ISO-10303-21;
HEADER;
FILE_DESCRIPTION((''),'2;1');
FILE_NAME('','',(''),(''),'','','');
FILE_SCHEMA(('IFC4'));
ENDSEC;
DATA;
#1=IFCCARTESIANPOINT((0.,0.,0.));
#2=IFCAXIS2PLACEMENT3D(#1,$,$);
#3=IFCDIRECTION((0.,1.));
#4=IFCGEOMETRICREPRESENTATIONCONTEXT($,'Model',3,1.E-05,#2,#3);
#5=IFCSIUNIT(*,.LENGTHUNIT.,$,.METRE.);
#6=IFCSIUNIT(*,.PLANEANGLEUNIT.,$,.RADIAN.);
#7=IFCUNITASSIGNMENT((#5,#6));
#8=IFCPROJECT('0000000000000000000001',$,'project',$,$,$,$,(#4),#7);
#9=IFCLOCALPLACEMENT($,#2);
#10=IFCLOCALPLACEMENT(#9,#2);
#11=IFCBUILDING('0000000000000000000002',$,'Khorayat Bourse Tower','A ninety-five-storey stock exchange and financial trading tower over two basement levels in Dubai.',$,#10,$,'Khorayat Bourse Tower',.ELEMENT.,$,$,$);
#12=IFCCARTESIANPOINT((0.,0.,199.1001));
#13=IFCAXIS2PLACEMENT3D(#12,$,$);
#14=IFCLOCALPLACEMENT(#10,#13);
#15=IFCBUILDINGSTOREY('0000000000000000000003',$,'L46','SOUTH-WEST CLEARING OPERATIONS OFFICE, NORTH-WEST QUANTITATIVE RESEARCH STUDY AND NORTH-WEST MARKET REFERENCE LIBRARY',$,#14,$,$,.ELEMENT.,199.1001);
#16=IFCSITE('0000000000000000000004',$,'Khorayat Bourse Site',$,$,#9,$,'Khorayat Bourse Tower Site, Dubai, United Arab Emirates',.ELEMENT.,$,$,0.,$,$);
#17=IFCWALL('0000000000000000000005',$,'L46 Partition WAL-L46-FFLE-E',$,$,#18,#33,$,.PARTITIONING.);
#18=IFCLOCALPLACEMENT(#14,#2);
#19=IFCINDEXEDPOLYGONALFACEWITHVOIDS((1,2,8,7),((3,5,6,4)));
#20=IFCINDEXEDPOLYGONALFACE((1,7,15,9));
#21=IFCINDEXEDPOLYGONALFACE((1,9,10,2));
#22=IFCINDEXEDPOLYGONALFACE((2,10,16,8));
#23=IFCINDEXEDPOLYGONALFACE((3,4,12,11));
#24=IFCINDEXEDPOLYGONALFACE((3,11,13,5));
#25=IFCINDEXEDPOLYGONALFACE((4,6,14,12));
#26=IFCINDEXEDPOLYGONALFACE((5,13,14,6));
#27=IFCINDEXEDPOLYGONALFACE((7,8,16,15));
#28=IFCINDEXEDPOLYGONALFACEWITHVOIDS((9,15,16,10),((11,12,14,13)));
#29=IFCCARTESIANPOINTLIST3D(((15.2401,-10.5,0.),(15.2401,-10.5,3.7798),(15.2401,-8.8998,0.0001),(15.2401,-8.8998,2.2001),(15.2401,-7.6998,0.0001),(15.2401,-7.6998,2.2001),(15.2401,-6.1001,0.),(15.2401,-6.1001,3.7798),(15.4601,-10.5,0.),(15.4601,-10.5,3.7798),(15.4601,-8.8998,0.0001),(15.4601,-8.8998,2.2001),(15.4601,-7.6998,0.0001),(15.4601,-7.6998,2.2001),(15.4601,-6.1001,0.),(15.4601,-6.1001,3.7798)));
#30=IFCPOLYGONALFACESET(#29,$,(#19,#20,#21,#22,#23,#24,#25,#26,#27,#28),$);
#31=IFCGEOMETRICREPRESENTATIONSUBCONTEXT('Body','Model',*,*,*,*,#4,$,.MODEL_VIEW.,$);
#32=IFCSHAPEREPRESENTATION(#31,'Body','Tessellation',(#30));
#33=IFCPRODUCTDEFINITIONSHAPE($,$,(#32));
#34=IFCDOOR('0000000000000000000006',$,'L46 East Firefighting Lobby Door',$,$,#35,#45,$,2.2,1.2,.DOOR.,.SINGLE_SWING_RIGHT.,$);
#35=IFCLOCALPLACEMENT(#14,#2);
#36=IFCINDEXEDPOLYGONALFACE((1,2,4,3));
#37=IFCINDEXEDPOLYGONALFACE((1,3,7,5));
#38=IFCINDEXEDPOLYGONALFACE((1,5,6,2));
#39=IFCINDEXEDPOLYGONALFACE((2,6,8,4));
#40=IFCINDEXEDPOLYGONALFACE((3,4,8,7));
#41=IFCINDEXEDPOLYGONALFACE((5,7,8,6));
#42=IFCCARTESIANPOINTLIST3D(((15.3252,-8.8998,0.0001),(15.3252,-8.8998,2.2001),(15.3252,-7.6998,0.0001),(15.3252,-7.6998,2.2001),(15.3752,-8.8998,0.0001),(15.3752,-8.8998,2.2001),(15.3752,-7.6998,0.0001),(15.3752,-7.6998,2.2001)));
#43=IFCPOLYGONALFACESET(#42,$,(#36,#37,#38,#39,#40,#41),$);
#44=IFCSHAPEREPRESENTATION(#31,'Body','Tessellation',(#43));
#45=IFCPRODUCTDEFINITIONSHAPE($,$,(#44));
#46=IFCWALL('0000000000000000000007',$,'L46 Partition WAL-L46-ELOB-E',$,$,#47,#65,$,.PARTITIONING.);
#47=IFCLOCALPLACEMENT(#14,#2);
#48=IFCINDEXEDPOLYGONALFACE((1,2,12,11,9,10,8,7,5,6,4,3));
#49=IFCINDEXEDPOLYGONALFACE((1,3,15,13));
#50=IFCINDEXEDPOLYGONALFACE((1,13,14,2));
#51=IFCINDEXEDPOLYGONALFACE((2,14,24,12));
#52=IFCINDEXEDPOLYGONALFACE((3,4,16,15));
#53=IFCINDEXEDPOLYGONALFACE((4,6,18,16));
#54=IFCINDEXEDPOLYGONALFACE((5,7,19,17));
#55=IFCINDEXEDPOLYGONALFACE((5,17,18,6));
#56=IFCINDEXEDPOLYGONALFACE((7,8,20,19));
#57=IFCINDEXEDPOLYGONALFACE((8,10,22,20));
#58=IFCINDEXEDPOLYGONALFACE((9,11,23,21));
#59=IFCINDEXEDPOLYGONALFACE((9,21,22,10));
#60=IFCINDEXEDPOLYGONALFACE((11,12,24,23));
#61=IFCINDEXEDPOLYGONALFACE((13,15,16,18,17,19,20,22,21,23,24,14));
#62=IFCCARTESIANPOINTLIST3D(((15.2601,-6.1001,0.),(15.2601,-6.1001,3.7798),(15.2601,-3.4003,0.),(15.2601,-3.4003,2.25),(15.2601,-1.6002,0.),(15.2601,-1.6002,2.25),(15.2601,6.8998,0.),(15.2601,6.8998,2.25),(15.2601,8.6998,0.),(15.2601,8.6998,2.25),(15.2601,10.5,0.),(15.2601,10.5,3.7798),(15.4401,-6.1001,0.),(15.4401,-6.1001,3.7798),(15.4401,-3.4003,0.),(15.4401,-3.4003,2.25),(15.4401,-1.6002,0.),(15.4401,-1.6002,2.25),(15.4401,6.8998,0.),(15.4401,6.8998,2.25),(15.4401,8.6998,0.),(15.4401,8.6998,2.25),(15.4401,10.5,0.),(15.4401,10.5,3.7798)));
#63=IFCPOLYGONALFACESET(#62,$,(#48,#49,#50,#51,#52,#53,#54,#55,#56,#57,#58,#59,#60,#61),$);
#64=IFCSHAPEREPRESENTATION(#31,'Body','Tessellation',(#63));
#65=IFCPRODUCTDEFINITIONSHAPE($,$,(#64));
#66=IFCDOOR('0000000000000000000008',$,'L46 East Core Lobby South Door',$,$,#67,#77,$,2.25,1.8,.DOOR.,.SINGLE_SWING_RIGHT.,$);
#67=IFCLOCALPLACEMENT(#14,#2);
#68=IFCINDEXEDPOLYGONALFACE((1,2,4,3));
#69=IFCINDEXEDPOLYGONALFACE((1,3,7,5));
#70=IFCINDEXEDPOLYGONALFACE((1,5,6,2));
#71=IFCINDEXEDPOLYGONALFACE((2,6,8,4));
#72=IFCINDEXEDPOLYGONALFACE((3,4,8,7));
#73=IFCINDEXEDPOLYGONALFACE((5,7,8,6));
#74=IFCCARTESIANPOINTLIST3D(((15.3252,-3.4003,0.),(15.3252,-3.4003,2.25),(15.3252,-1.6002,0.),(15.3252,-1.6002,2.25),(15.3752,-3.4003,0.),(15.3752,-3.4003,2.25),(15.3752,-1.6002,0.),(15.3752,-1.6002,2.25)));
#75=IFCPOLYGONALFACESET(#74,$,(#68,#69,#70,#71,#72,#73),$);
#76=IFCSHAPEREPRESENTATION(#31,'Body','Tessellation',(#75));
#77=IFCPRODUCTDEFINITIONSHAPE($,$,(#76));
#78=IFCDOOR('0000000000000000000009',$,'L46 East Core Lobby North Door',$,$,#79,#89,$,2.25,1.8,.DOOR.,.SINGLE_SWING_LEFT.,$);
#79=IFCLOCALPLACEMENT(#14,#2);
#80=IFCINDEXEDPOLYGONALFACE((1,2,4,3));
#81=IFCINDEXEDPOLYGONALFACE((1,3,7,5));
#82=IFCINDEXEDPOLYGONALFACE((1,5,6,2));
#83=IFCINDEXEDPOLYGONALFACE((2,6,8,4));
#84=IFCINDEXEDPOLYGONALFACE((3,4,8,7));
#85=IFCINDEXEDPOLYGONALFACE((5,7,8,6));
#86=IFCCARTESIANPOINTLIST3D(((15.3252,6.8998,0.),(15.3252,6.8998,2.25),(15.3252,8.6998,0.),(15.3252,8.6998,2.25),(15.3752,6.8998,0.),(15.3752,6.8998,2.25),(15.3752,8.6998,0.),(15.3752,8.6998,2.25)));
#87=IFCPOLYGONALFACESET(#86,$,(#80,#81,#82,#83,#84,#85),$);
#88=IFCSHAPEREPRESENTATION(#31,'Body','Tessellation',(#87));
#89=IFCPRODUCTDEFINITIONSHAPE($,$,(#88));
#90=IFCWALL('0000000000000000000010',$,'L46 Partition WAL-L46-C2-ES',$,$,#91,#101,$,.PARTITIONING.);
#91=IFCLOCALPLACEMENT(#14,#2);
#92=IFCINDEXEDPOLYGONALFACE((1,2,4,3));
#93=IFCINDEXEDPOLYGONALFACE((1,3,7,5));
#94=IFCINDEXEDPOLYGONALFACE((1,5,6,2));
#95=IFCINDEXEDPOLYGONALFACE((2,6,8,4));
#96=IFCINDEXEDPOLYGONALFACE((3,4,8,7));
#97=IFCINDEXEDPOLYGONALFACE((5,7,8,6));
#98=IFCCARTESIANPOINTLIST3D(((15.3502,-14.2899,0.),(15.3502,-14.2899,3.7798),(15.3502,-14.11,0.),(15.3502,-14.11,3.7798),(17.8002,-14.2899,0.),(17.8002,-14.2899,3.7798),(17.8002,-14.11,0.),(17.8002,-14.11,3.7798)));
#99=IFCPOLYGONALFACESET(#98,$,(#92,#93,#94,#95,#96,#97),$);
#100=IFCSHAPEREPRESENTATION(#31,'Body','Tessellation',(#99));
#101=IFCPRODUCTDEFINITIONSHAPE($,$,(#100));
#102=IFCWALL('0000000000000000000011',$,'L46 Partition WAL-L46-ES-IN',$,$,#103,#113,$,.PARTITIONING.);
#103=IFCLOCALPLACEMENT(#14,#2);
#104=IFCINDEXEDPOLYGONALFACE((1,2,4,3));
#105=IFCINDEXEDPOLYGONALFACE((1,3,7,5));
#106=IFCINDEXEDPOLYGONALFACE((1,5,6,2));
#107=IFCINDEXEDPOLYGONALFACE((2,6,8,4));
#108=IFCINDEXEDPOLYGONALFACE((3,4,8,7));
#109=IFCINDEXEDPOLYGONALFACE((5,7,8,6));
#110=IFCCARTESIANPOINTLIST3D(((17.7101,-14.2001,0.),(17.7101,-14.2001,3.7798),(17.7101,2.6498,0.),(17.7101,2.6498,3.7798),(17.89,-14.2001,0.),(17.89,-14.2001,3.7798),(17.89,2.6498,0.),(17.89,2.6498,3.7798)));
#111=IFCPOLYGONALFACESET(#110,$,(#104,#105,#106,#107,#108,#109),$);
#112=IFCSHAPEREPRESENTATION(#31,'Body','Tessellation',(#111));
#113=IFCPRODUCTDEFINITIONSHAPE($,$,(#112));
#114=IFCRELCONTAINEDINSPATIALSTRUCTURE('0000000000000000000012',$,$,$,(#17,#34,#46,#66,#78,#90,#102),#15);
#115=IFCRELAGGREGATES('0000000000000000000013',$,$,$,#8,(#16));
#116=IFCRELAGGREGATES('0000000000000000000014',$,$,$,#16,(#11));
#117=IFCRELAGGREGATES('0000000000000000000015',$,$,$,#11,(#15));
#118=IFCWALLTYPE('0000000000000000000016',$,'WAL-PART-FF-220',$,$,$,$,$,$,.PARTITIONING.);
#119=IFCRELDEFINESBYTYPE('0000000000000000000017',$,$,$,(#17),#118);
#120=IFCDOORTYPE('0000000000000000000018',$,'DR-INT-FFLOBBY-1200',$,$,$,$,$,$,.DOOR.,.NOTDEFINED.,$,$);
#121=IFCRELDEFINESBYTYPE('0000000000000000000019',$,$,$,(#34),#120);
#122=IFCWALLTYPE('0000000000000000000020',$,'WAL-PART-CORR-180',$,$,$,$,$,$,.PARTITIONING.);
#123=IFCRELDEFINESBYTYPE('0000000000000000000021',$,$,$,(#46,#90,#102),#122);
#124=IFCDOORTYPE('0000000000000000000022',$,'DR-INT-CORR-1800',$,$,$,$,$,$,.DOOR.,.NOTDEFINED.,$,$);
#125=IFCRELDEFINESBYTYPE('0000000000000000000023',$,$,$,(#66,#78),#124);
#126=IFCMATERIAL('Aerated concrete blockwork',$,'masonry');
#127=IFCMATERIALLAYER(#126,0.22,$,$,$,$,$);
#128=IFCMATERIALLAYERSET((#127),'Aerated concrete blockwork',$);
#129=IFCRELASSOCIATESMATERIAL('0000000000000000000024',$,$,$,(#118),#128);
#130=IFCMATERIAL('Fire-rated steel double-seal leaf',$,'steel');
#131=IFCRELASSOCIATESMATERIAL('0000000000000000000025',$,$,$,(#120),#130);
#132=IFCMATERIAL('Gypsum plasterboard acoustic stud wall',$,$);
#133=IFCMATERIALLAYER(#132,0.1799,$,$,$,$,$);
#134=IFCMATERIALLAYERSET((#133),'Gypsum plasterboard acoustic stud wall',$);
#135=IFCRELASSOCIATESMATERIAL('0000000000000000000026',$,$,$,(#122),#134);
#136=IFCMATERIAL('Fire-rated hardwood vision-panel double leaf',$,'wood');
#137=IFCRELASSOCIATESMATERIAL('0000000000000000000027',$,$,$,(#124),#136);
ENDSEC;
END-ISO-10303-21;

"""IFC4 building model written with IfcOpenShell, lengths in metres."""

from ifc_helpers import new_model, si_unit, direction, frame, frame_2d, origin, place, context, subcontext, project, spatial, rectangle, extrude, source, transform, mapped, material, layer, layer_set, type_object, element, fill, save


model = new_model("IFC4")

# Units and contexts
model_context = context("Model", 3, precision=1e-05, world=origin(), true_north=direction((0.0, 1.0)))
body_context = subcontext(model_context, "Body", "Model", "MODEL_VIEW")
ifc_project = project(units=[si_unit("LENGTHUNIT", "METRE"), si_unit("PLANEANGLEUNIT", "RADIAN")], contexts=[model_context])

# Site, building, storey
site_placement = place(None, origin())
site = spatial("IfcSite", under=ifc_project, at=site_placement, Name="Khorayat Bourse Site", LongName="Khorayat Bourse Tower Site, Dubai, United Arab Emirates", CompositionType="ELEMENT", RefElevation=0.0)
building_placement = place(site_placement, origin())
building = spatial("IfcBuilding", under=site, at=building_placement, Name="Khorayat Bourse Tower", Description="A ninety-five-storey stock exchange and financial trading tower over two basement levels in Dubai.", LongName="Khorayat Bourse Tower", CompositionType="ELEMENT")
storey_placement = place(building_placement, frame((0.0, 0.0, 199.1001)))
storey = spatial("IfcBuildingStorey", under=building, at=storey_placement, Name="L46", Description="SOUTH-WEST CLEARING OPERATIONS OFFICE, NORTH-WEST QUANTITATIVE RESEARCH STUDY AND NORTH-WEST MARKET REFERENCE LIBRARY", CompositionType="ELEMENT", Elevation=199.1001)

# Shared definitions
ifc_material_1 = material(Name="Aerated concrete blockwork", Category="masonry")
ifc_layer_1 = layer(ifc_material_1, 0.22)
ifc_layer_set_1 = layer_set([ifc_layer_1], Name="Aerated concrete blockwork")
wall_type_1 = type_object("IfcWallType", Name="WAL-PART-FF-220", PredefinedType="PARTITIONING", material=ifc_layer_set_1)

# Wall, opening, door
shared_shape_1 = source(origin(), body_context, "Body", "SweptSolid", [
    extrude(rectangle(XDim=4.3999, YDim=0.22, at=frame_2d((2.2, 0.0))), origin(), (0.0, 0.0, 1.0), 3.7798),
])
wall_1_placement = place(storey_placement, frame((15.3501, -10.5, 0.0), z_axis=(0.0, 0.0, 1.0), x_axis=(0.0, 1.0, 0.0)))
wall_1 = element("IfcWall", 1, at=wall_1_placement, inside=storey, type_object=wall_type_1, Name="L46 Partition WAL-L46-FFLE-E", PredefinedType="PARTITIONING", context=body_context, shape_type="MappedRepresentation", body=[
    mapped(shared_shape_1, transform((0.0, 0.0, 0.0), scale=1.0)),
])
shared_shape_2 = source(origin(), body_context, "Body", "SweptSolid", [
    extrude(rectangle(XDim=1.2, YDim=2.2, at=frame_2d((0.6001, 1.1001))), frame((0.0, 0.1199, 0.0), z_axis=(0.0, -1.0, 0.0), x_axis=(1.0, 0.0, 0.0)), (0.0, 0.0, 1.0), 0.24),
])
opening_1_placement = place(wall_1_placement, frame((1.6001, 0.0, 0.0)))
opening_1 = element("IfcOpeningElement", 2, at=opening_1_placement, cuts=wall_1, PredefinedType="OPENING", context=body_context, shape_type="MappedRepresentation", body=[
    mapped(shared_shape_2, transform((0.0, 0.0, 0.0), scale=1.0)),
])
ifc_material_2 = material(Name="Fire-rated steel double-seal leaf", Category="steel")
door_type_1 = type_object("IfcDoorType", Name="DR-INT-FFLOBBY-1200", OperationType="NOTDEFINED", PredefinedType="DOOR", material=ifc_material_2)
shared_shape_3 = source(origin(), body_context, "Body", "SweptSolid", [
    extrude(rectangle(XDim=1.2, YDim=2.2, at=frame_2d((0.6001, 1.1001))), frame((0.0, 0.0249, 0.0), z_axis=(0.0, -1.0, 0.0), x_axis=(1.0, 0.0, 0.0)), (0.0, 0.0, 1.0), 0.05),
])
door_1_placement = place(opening_1_placement, origin())
door_1 = element("IfcDoor", 3, at=door_1_placement, inside=storey, type_object=door_type_1, Name="L46 East Firefighting Lobby Door", OperationType="SINGLE_SWING_RIGHT", OverallHeight=2.2, OverallWidth=1.2, PredefinedType="DOOR", context=body_context, shape_type="MappedRepresentation", body=[
    mapped(shared_shape_3, transform((0.0, 0.0, 0.0), scale=1.0)),
])
fill(opening_1, door_1)

# Wall, openings, doors
ifc_material_3 = material(Name="Gypsum plasterboard acoustic stud wall")
ifc_layer_2 = layer(ifc_material_3, 0.1799)
ifc_layer_set_2 = layer_set([ifc_layer_2], Name="Gypsum plasterboard acoustic stud wall")
wall_type_2 = type_object("IfcWallType", Name="WAL-PART-CORR-180", PredefinedType="PARTITIONING", material=ifc_layer_set_2)
shared_shape_4 = source(origin(), body_context, "Body", "SweptSolid", [
    extrude(rectangle(XDim=16.6001, YDim=0.1799, at=frame_2d((8.3, 0.0))), origin(), (0.0, 0.0, 1.0), 3.7798),
])
wall_2_placement = place(storey_placement, frame((15.3501, -6.1001, 0.0), z_axis=(0.0, 0.0, 1.0), x_axis=(0.0, 1.0, 0.0)))
wall_2 = element("IfcWall", 4, at=wall_2_placement, inside=storey, type_object=wall_type_2, Name="L46 Partition WAL-L46-ELOB-E", PredefinedType="PARTITIONING", context=body_context, shape_type="MappedRepresentation", body=[
    mapped(shared_shape_4, transform((0.0, 0.0, 0.0), scale=1.0)),
])
shared_shape_5 = source(origin(), body_context, "Body", "SweptSolid", [
    extrude(rectangle(XDim=1.8, YDim=2.25, at=frame_2d((0.8999, 1.125))), frame((0.0, 0.0999, 0.0), z_axis=(0.0, -1.0, 0.0), x_axis=(1.0, 0.0, 0.0)), (0.0, 0.0, 1.0), 0.2),
])
opening_2_placement = place(wall_2_placement, frame((2.7, 0.0, 0.0)))
opening_2 = element("IfcOpeningElement", 5, at=opening_2_placement, cuts=wall_2, PredefinedType="OPENING", context=body_context, shape_type="MappedRepresentation", body=[
    mapped(shared_shape_5, transform((0.0, 0.0, 0.0), scale=1.0)),
])
opening_3_placement = place(wall_2_placement, frame((13.0, 0.0, 0.0)))
opening_3 = element("IfcOpeningElement", 6, at=opening_3_placement, cuts=wall_2, PredefinedType="OPENING", context=body_context, shape_type="MappedRepresentation", body=[
    mapped(shared_shape_5, transform((0.0, 0.0, 0.0), scale=1.0)),
])
ifc_material_4 = material(Name="Fire-rated hardwood vision-panel double leaf", Category="wood")
door_type_2 = type_object("IfcDoorType", Name="DR-INT-CORR-1800", OperationType="NOTDEFINED", PredefinedType="DOOR", material=ifc_material_4)
shared_shape_6 = source(origin(), body_context, "Body", "SweptSolid", [
    extrude(rectangle(XDim=1.8, YDim=2.25, at=frame_2d((0.8999, 1.125))), frame((0.0, 0.0249, 0.0), z_axis=(0.0, -1.0, 0.0), x_axis=(1.0, 0.0, 0.0)), (0.0, 0.0, 1.0), 0.05),
])
door_2_placement = place(opening_2_placement, origin())
door_2 = element("IfcDoor", 7, at=door_2_placement, inside=storey, type_object=door_type_2, Name="L46 East Core Lobby South Door", OperationType="SINGLE_SWING_RIGHT", OverallHeight=2.25, OverallWidth=1.8, PredefinedType="DOOR", context=body_context, shape_type="MappedRepresentation", body=[
    mapped(shared_shape_6, transform((0.0, 0.0, 0.0), scale=1.0)),
])
fill(opening_2, door_2)
door_3_placement = place(opening_3_placement, origin())
door_3 = element("IfcDoor", 8, at=door_3_placement, inside=storey, type_object=door_type_2, Name="L46 East Core Lobby North Door", OperationType="SINGLE_SWING_LEFT", OverallHeight=2.25, OverallWidth=1.8, PredefinedType="DOOR", context=body_context, shape_type="MappedRepresentation", body=[
    mapped(shared_shape_6, transform((0.0, 0.0, 0.0), scale=1.0)),
])
fill(opening_3, door_3)

# Walls
shared_shape_7 = source(origin(), body_context, "Body", "SweptSolid", [
    extrude(rectangle(XDim=2.45, YDim=0.1799, at=frame_2d((1.2251, 0.0))), origin(), (0.0, 0.0, 1.0), 3.7798),
])
wall_3_placement = place(storey_placement, frame((15.3501, -14.2, 0.0), z_axis=(0.0, 0.0, 1.0), x_axis=(1.0, 0.0, 0.0)))
element("IfcWall", 9, at=wall_3_placement, inside=storey, type_object=wall_type_2, Name="L46 Partition WAL-L46-C2-ES", PredefinedType="PARTITIONING", context=body_context, shape_type="MappedRepresentation", body=[
    mapped(shared_shape_7, transform((0.0, 0.0, 0.0), scale=1.0)),
])
shared_shape_8 = source(origin(), body_context, "Body", "SweptSolid", [
    extrude(rectangle(XDim=16.8499, YDim=0.1799, at=frame_2d((8.4248, 0.0))), origin(), (0.0, 0.0, 1.0), 3.7798),
])
wall_4_placement = place(storey_placement, frame((17.8, -14.2, 0.0), z_axis=(0.0, 0.0, 1.0), x_axis=(0.0, 1.0, 0.0)))
element("IfcWall", 10, at=wall_4_placement, inside=storey, type_object=wall_type_2, Name="L46 Partition WAL-L46-ES-IN", PredefinedType="PARTITIONING", context=body_context, shape_type="MappedRepresentation", body=[
    mapped(shared_shape_8, transform((0.0, 0.0, 0.0), scale=1.0)),
])

save(model, "model.ifc")
